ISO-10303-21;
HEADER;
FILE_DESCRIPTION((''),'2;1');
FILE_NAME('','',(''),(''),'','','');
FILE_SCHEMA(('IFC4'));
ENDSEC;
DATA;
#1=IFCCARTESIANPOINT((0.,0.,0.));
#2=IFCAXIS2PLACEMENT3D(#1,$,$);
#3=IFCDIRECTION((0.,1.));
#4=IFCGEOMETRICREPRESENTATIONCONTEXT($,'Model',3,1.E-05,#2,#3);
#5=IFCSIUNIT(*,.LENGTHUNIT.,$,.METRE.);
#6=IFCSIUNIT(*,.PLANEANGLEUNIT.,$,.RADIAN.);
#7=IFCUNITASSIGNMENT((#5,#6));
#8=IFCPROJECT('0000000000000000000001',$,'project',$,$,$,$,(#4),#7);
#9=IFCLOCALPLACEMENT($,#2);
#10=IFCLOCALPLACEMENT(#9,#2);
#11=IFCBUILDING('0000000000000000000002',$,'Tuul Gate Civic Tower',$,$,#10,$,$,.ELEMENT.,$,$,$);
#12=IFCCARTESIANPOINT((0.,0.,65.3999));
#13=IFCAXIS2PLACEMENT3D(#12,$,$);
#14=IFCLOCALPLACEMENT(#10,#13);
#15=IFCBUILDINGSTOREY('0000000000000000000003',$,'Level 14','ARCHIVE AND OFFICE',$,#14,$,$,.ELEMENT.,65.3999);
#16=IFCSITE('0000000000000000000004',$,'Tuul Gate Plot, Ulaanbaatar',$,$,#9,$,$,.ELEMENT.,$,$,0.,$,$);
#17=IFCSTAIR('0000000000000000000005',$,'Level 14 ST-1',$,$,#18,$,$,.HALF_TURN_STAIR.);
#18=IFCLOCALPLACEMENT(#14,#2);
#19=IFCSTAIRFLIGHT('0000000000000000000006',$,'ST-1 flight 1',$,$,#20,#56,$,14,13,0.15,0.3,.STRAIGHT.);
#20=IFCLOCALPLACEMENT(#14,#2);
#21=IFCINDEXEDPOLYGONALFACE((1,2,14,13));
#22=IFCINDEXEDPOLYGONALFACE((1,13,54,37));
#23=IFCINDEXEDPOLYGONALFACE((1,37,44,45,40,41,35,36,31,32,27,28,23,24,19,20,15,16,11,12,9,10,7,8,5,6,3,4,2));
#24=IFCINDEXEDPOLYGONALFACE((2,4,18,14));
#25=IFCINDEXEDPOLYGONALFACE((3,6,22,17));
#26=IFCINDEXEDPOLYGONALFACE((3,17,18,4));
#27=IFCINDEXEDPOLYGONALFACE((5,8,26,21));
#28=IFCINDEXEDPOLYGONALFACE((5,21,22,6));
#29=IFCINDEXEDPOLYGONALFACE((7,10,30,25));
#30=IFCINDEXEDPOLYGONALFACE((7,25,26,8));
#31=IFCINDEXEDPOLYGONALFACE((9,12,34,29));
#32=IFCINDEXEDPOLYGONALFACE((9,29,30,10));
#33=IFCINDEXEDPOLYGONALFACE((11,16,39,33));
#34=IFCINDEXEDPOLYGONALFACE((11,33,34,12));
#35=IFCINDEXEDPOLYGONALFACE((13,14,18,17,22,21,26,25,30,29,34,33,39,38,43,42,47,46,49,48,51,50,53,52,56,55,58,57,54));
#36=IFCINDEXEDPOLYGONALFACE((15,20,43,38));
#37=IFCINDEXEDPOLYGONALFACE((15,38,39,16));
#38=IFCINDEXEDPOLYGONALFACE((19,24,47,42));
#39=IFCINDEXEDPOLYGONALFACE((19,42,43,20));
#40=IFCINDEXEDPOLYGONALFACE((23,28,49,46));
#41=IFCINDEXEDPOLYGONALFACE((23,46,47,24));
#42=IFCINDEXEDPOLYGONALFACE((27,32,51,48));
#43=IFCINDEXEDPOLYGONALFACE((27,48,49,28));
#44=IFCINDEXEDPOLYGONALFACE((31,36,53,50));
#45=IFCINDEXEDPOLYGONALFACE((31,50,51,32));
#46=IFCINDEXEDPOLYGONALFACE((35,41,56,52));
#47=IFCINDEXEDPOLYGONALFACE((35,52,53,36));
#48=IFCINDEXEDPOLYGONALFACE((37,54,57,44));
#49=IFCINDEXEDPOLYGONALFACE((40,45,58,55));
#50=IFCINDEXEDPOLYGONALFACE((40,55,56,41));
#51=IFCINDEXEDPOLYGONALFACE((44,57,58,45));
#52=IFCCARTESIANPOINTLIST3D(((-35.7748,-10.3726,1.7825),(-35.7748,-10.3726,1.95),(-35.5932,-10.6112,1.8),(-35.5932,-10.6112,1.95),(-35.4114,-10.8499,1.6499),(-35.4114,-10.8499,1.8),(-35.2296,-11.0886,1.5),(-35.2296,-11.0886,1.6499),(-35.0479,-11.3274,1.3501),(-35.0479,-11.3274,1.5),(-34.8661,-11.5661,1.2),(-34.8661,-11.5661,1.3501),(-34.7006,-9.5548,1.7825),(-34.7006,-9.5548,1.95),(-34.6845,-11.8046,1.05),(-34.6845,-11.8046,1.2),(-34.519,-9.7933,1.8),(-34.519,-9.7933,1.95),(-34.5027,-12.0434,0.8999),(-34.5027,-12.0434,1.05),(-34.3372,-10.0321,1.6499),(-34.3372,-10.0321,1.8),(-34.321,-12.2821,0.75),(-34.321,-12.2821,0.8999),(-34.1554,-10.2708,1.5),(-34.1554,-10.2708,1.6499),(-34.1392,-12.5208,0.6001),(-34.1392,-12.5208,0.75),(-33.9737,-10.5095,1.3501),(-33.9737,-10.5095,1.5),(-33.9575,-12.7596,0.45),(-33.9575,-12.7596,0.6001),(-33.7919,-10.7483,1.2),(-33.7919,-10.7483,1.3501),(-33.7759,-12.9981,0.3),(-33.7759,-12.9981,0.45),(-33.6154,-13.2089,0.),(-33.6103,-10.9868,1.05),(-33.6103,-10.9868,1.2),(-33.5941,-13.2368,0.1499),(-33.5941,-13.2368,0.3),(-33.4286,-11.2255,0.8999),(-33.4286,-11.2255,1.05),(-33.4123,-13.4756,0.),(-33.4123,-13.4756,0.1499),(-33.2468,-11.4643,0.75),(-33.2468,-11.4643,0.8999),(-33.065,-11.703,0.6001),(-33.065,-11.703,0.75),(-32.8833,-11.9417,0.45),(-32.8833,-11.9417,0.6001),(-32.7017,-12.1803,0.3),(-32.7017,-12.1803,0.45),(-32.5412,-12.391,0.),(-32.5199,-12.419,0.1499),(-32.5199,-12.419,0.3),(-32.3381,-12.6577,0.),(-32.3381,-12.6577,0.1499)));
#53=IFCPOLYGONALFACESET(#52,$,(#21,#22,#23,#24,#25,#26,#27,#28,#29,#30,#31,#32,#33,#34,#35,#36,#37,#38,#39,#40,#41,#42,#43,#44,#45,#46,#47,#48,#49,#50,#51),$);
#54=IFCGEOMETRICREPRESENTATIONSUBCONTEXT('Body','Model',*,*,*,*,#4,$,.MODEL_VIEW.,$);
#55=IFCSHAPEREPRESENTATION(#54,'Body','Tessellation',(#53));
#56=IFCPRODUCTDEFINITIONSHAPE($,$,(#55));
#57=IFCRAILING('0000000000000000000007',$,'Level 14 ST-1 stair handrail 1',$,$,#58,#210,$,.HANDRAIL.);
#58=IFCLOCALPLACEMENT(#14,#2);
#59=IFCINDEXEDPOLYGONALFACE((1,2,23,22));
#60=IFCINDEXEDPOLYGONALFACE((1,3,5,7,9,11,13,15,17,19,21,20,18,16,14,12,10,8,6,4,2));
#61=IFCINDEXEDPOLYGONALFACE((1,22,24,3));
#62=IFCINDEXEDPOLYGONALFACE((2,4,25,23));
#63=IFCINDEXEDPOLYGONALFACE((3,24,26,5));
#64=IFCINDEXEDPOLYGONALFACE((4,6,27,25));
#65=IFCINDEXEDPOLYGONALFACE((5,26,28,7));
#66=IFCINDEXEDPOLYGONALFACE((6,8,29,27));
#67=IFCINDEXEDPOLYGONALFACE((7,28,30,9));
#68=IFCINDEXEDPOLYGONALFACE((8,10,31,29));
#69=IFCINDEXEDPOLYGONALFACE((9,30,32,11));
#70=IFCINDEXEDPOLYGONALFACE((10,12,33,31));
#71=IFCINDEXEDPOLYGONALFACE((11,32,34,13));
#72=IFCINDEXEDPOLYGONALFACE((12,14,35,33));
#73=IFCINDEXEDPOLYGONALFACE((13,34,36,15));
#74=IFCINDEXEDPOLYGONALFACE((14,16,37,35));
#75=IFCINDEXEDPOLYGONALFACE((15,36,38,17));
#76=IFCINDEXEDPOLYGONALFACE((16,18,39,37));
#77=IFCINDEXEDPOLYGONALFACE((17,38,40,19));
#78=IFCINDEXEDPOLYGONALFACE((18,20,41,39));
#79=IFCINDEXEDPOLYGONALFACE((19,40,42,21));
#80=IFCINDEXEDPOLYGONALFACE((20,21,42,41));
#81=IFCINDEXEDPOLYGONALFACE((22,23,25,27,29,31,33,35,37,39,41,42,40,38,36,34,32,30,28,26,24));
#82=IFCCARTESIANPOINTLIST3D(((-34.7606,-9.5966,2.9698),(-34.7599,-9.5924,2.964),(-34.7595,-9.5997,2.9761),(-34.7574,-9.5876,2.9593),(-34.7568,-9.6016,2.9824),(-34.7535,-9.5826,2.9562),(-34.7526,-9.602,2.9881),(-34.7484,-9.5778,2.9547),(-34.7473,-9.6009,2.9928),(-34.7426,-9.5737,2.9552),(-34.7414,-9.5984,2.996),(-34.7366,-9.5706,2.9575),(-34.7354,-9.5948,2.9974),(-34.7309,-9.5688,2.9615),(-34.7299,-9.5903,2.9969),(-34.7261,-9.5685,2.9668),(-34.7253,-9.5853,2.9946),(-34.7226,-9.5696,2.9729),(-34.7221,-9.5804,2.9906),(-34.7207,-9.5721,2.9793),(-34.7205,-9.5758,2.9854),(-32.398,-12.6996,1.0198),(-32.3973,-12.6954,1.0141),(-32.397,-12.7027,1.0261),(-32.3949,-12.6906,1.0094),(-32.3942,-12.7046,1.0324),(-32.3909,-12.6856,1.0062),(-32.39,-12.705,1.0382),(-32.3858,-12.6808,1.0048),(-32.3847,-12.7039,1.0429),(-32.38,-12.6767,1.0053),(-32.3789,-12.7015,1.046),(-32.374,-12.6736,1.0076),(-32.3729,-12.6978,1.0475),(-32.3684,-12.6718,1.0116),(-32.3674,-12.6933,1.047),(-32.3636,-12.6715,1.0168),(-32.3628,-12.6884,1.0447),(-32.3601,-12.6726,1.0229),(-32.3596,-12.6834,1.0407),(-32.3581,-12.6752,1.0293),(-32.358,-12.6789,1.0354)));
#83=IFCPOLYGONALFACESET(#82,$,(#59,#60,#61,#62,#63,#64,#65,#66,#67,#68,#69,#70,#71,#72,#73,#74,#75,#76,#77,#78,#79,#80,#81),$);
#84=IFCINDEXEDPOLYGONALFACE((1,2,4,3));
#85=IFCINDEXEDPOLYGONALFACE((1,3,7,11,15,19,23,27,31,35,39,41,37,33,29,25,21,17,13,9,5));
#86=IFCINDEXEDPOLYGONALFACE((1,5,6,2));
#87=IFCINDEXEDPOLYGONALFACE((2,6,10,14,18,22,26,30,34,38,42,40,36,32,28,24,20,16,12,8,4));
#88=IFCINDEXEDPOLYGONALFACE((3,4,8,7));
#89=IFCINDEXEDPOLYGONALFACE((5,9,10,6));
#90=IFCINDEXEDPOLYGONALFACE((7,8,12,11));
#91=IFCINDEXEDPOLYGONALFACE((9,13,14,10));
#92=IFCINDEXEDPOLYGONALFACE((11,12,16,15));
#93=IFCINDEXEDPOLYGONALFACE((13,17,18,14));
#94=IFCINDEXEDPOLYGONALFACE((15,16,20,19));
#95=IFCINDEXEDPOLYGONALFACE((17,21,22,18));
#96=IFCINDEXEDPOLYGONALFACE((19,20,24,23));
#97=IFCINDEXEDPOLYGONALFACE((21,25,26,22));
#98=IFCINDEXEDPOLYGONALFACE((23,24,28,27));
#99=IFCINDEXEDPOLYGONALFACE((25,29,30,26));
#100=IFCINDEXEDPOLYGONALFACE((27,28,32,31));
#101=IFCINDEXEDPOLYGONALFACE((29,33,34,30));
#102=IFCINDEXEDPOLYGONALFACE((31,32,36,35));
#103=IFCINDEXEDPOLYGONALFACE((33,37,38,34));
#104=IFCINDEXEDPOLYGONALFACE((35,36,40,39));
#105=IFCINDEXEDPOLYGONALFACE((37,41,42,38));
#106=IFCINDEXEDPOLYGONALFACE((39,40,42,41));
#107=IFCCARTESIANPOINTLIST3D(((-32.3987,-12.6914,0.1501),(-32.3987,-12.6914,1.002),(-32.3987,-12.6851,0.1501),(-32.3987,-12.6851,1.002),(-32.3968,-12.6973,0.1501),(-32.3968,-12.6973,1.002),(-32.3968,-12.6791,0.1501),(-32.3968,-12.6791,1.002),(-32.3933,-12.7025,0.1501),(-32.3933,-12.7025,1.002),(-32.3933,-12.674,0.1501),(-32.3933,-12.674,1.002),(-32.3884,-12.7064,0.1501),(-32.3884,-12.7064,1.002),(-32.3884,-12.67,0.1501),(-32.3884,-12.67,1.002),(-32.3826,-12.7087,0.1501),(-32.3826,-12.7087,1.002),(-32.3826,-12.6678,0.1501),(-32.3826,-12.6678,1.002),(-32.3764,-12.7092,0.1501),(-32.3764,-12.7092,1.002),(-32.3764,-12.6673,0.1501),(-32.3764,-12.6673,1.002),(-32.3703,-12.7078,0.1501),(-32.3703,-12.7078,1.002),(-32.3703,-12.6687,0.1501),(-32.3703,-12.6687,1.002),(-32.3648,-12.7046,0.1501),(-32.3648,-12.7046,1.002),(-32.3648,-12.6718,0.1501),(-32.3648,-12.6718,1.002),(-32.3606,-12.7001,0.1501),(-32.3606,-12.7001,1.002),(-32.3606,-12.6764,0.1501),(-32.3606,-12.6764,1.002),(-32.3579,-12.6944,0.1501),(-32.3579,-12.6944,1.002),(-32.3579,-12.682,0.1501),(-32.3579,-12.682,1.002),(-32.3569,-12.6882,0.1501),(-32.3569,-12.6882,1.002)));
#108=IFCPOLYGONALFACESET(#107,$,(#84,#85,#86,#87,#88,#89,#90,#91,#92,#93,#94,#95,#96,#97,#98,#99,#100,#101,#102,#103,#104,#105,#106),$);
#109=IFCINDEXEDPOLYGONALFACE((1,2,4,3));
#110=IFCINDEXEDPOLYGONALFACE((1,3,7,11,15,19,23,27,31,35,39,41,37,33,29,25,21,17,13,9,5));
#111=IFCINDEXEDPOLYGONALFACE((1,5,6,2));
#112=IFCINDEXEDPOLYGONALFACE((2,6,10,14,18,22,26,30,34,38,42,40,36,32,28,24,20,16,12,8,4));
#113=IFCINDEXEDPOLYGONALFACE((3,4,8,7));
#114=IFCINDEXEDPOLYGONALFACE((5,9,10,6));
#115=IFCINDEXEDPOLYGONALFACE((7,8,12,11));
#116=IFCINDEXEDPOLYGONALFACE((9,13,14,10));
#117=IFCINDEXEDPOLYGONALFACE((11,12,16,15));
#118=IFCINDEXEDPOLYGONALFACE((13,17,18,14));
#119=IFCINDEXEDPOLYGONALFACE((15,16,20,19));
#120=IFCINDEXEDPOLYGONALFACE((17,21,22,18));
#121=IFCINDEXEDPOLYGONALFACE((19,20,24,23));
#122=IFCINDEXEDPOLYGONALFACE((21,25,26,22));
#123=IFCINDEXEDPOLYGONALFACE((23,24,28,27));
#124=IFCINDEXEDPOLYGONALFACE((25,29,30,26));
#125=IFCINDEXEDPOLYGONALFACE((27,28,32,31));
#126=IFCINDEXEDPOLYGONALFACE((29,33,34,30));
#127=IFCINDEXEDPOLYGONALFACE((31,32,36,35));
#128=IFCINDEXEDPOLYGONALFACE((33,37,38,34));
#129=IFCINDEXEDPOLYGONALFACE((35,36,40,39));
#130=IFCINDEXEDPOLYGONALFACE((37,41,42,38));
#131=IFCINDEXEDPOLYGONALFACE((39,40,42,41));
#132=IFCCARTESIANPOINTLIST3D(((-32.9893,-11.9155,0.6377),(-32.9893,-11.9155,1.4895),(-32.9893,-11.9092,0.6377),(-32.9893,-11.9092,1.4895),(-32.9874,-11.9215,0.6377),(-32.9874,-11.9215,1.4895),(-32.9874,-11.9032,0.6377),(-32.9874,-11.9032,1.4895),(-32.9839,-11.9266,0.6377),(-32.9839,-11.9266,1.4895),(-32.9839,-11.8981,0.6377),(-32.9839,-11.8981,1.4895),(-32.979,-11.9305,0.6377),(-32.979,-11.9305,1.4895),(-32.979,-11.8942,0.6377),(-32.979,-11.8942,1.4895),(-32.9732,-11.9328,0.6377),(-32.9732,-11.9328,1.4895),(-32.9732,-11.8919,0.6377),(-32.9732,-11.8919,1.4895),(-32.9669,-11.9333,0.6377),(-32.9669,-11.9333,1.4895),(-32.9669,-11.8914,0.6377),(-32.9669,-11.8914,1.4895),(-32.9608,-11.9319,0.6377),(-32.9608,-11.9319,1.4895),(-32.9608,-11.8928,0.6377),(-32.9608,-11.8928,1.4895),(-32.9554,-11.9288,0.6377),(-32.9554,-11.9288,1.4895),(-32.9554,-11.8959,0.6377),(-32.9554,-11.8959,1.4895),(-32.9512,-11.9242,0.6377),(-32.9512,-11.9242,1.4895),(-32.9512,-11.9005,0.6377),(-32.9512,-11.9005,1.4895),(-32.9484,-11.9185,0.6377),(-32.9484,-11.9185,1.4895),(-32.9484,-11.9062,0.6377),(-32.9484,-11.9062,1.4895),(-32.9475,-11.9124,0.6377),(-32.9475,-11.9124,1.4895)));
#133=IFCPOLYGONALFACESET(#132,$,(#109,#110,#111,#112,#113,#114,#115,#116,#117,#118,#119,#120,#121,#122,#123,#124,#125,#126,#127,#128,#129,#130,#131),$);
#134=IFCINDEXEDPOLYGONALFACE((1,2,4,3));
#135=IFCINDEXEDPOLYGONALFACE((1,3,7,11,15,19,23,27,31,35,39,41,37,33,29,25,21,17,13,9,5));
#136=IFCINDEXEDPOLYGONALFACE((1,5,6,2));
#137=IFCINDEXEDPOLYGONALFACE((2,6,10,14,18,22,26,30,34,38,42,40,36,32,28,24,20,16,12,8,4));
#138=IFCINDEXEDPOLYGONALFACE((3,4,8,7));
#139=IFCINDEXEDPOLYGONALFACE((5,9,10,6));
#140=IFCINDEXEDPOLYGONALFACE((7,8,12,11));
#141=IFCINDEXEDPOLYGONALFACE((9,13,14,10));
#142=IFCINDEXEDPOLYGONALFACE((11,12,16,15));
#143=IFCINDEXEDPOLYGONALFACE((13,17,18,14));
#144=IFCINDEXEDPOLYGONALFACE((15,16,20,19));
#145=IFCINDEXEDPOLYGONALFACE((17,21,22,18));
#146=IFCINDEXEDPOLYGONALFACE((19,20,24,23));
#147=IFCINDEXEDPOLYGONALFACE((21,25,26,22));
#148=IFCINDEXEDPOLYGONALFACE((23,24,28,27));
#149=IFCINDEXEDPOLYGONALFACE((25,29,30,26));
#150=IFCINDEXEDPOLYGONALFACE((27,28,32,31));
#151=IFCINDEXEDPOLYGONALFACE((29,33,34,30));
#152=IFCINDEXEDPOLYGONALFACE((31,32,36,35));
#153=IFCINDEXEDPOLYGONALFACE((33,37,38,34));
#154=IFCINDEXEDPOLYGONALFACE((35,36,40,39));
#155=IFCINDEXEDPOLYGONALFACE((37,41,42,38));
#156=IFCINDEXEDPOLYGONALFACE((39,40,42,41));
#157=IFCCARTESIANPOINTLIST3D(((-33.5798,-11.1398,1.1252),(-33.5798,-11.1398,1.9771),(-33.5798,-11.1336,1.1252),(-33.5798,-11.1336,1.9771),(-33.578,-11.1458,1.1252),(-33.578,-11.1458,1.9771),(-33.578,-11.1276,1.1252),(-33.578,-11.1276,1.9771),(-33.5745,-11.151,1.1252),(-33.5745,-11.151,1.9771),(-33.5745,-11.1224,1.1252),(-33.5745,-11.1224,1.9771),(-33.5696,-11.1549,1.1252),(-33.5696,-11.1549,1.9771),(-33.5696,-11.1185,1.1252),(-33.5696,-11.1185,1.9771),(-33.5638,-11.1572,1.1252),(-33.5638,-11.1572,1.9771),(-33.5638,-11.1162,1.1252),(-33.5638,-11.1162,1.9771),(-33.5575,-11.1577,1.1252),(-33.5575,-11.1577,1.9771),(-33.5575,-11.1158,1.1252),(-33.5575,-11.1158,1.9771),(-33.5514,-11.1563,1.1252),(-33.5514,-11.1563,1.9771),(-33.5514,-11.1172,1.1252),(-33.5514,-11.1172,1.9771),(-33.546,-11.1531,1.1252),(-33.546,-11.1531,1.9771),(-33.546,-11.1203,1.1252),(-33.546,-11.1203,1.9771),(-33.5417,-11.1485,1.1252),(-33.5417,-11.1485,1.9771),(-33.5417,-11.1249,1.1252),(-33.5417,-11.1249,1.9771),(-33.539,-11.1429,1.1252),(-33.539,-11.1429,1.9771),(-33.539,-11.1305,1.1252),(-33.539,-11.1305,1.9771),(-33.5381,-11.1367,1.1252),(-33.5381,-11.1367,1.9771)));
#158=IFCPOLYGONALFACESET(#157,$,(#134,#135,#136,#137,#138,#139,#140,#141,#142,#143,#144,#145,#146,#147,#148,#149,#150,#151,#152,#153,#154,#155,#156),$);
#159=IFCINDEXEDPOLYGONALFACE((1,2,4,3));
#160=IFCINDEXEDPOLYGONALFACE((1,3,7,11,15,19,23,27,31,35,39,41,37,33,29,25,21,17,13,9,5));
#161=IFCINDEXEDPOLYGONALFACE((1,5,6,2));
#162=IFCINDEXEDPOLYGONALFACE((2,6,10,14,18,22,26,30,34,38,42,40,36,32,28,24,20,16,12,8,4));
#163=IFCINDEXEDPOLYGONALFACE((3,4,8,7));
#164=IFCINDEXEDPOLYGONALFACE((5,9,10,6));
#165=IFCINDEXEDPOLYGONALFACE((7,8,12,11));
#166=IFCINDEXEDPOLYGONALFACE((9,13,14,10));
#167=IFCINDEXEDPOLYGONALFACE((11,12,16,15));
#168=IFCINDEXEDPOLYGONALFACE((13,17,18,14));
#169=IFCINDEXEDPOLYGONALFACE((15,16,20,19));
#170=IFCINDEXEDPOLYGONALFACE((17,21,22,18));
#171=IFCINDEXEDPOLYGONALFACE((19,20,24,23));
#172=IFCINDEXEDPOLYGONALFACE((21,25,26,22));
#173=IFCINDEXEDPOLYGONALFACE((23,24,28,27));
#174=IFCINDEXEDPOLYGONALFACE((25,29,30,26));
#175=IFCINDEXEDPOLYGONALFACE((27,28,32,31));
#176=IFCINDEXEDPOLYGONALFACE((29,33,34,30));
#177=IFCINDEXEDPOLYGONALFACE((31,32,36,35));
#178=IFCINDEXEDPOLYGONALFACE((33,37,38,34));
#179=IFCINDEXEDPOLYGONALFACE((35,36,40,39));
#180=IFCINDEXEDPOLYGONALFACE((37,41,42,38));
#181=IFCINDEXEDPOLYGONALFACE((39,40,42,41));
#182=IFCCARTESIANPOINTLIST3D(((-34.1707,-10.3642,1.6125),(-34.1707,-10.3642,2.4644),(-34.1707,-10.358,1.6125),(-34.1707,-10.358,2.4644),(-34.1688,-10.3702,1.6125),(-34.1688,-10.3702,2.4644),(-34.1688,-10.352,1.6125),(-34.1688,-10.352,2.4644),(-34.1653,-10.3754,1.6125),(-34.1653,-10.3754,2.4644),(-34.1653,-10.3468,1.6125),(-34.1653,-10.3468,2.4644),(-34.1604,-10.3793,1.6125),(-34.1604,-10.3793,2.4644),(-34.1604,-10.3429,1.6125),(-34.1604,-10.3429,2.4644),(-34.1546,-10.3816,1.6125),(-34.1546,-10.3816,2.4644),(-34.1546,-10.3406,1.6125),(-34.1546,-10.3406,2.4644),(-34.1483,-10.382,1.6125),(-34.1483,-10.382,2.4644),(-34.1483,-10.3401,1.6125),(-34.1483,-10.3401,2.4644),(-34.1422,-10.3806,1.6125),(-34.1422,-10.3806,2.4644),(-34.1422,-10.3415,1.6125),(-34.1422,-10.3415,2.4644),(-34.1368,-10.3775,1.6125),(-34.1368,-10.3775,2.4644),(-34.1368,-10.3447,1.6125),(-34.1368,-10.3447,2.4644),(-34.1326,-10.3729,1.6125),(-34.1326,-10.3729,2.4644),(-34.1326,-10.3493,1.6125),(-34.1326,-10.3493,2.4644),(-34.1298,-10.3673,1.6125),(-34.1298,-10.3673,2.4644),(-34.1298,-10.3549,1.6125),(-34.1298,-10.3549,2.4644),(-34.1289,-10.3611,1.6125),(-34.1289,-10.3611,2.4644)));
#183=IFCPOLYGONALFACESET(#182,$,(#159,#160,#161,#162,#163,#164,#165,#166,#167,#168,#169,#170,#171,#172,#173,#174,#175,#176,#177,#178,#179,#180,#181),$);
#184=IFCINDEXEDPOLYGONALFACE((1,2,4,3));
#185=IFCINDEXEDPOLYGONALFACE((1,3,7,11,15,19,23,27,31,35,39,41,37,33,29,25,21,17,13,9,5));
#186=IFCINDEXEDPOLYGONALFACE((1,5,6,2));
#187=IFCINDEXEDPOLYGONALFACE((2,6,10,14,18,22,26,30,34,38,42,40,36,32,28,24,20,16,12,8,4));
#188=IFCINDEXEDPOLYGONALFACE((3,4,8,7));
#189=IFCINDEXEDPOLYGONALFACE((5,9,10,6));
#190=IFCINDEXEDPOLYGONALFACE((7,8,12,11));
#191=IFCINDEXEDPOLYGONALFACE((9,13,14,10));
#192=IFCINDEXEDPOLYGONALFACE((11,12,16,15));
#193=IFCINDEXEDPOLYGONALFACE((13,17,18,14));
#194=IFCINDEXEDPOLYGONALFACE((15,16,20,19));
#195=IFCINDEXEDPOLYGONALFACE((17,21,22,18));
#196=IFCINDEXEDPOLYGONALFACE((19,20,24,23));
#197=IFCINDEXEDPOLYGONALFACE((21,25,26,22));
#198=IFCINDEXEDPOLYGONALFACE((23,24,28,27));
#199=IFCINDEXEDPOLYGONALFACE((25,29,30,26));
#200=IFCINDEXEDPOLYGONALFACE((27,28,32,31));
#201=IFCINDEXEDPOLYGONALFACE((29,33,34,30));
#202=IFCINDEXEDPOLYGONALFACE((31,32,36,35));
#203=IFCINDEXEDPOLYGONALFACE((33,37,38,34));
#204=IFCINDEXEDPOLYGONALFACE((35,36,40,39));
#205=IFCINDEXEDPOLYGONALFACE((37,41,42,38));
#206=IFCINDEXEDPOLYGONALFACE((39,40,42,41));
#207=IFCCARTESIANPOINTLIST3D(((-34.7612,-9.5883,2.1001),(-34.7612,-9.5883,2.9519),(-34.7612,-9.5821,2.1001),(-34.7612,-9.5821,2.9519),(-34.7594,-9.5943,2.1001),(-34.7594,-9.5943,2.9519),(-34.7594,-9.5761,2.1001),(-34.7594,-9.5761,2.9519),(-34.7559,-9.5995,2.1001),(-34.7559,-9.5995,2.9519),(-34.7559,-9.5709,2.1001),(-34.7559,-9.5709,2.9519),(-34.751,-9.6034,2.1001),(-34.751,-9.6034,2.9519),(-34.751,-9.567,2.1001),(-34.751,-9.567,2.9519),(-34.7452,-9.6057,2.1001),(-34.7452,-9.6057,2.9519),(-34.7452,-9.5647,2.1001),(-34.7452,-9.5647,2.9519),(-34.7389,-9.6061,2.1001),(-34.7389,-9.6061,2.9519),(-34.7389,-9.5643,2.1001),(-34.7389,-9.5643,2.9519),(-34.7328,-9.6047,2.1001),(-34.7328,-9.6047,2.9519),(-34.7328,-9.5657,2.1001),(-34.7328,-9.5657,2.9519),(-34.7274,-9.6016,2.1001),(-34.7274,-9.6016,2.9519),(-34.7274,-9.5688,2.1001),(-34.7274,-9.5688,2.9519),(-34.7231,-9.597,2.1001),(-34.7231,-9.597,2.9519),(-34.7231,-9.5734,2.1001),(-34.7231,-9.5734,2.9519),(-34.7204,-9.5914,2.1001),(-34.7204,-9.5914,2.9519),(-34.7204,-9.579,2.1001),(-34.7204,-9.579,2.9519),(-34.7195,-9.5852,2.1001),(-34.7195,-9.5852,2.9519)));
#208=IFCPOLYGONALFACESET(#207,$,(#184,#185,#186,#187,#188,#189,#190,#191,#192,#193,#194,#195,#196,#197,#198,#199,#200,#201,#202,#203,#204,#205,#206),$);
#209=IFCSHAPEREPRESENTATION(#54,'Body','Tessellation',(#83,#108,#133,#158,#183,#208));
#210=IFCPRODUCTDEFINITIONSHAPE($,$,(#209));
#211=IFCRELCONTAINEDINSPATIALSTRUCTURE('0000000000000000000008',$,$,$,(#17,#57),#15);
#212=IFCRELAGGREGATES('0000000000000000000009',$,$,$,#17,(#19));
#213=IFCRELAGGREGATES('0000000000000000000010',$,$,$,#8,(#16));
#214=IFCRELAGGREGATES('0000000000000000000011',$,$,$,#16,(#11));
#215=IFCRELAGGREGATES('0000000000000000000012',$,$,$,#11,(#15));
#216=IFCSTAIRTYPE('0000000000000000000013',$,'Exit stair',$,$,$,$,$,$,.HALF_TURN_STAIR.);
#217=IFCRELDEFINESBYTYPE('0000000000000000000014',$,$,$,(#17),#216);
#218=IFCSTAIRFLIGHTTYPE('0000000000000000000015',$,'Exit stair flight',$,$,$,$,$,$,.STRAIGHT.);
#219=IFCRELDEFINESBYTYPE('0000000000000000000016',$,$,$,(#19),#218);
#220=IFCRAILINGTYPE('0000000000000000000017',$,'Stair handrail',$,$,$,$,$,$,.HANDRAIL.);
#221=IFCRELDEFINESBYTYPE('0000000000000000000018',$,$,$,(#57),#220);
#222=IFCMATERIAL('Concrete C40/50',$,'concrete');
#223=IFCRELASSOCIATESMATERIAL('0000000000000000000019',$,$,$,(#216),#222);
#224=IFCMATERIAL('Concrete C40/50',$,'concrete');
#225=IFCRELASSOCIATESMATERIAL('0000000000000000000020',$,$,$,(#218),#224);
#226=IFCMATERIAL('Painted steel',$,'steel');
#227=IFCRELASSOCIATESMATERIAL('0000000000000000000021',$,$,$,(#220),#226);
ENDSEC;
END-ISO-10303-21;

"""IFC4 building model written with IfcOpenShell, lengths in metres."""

from ifc_helpers import new_model, si_unit, direction, frame, origin, origin_2d, place, context, subcontext, project, spatial, polyline, circle, outline, extrude, material, type_object, element, aggregate, save


model = new_model("IFC4")

# Units and contexts
model_context = context("Model", 3, precision=1e-05, world=origin(), true_north=direction((0.0, 1.0)))
body_context = subcontext(model_context, "Body", "Model", "MODEL_VIEW")
ifc_project = project(units=[si_unit("LENGTHUNIT", "METRE"), si_unit("PLANEANGLEUNIT", "RADIAN")], contexts=[model_context])

# Site, building, storey
site_placement = place(None, origin())
site = spatial("IfcSite", under=ifc_project, at=site_placement, Name="Tuul Gate Plot, Ulaanbaatar", CompositionType="ELEMENT", RefElevation=0.0)
building_placement = place(site_placement, origin())
building = spatial("IfcBuilding", under=site, at=building_placement, Name="Tuul Gate Civic Tower", CompositionType="ELEMENT")
storey_placement = place(building_placement, frame((0.0, 0.0, 65.3999)))
storey = spatial("IfcBuildingStorey", under=building, at=storey_placement, Name="Level 14", Description="ARCHIVE AND OFFICE", CompositionType="ELEMENT", Elevation=65.3999)

# Stair, stair flight
ifc_material_1 = material(Name="Concrete C40/50", Category="concrete")
stair_type = type_object("IfcStairType", Name="Exit stair", PredefinedType="HALF_TURN_STAIR", material=ifc_material_1)
stair_placement = place(storey_placement, origin())
stair = element("IfcStair", 1, at=stair_placement, inside=storey, type_object=stair_type, Name="Level 14 ST-1", PredefinedType="HALF_TURN_STAIR")
ifc_material_2 = material(Name="Concrete C40/50", Category="concrete")
stair_flight_type = type_object("IfcStairFlightType", Name="Exit stair flight", PredefinedType="STRAIGHT", material=ifc_material_2)
stair_flight_placement = place(storey_placement, frame((-32.8752, -13.0667, 0.0), z_axis=(0.0, 0.0, 1.0), x_axis=(-0.605764, 0.795644, 0.0)))
stair_flight = element("IfcStairFlight", 2, at=stair_flight_placement, type_object=stair_flight_type, Name="ST-1 flight 1", NumberOfRisers=14, NumberOfTreads=13, PredefinedType="STRAIGHT", RiserHeight=0.15, TreadLength=0.3, context=body_context, shape_type="SweptSolid", body=[
    extrude(outline(polyline([(0.0, 0.0), (0.0, 0.1499), (0.3, 0.1499), (0.3, 0.3), (0.6001, 0.3), (0.6001, 0.45), (0.8999, 0.45), (0.8999, 0.6001), (1.2, 0.6001), (1.2, 0.75), (1.5, 0.75), (1.5, 0.8999), (1.8, 0.8999), (1.8, 1.05), (2.1001, 1.05), (2.1001, 1.2), (2.3999, 1.2), (2.3999, 1.3501), (2.7, 1.3501), (2.7, 1.5), (3.0, 1.5), (3.0, 1.6499), (3.3, 1.6499), (3.3, 1.8), (3.6001, 1.8), (3.6001, 1.95), (3.8999, 1.95), (3.8999, 2.1001), (3.8999, 1.7825), (0.3352, 0.0), (0.0, 0.0)])), frame((0.0, 0.675, 0.0), z_axis=(0.0, -1.0, 0.0), x_axis=(1.0, 0.0, 0.0)), (0.0, 0.0, 1.0), 1.3501),
])
aggregate(stair, [stair_flight])

# Railing
ifc_material_3 = material(Name="Painted steel", Category="steel")
railing_type_1 = type_object("IfcRailingType", Name="Stair handrail", PredefinedType="HANDRAIL", material=ifc_material_3)
railing_1_placement = place(storey_placement, frame((-32.3779, -12.6882, 0.1501)))
element("IfcRailing", 3, at=railing_1_placement, inside=storey, type_object=railing_type_1, Name="Level 14 ST-1 stair handrail 1", PredefinedType="HANDRAIL", context=body_context, shape_type="SweptSolid", body=[
    extrude(circle(Radius=0.0239, at=origin_2d()), frame((0.0, 0.0, 0.876), z_axis=(-0.541824, 0.711645, 0.4472), x_axis=(-0.795637, -0.605773, 0.0)), (0.0, 0.0, 1.0), 4.3604),
    extrude(circle(Radius=0.021, at=origin_2d()), origin(), (0.0, 0.0, 1.0), 0.8518),
    extrude(circle(Radius=0.021, at=origin_2d()), frame((-0.5906, 0.7759, 0.4875)), (0.0, 0.0, 1.0), 0.8518),
    extrude(circle(Radius=0.021, at=origin_2d()), frame((-1.1812, 1.5515, 0.9751)), (0.0, 0.0, 1.0), 0.8518),
    extrude(circle(Radius=0.021, at=origin_2d()), frame((-1.772, 2.3271, 1.4624)), (0.0, 0.0, 1.0), 0.8518),
    extrude(circle(Radius=0.021, at=origin_2d()), frame((-2.3625, 3.103, 1.95)), (0.0, 0.0, 1.0), 0.8518),
])

save(model, "model.ifc")
